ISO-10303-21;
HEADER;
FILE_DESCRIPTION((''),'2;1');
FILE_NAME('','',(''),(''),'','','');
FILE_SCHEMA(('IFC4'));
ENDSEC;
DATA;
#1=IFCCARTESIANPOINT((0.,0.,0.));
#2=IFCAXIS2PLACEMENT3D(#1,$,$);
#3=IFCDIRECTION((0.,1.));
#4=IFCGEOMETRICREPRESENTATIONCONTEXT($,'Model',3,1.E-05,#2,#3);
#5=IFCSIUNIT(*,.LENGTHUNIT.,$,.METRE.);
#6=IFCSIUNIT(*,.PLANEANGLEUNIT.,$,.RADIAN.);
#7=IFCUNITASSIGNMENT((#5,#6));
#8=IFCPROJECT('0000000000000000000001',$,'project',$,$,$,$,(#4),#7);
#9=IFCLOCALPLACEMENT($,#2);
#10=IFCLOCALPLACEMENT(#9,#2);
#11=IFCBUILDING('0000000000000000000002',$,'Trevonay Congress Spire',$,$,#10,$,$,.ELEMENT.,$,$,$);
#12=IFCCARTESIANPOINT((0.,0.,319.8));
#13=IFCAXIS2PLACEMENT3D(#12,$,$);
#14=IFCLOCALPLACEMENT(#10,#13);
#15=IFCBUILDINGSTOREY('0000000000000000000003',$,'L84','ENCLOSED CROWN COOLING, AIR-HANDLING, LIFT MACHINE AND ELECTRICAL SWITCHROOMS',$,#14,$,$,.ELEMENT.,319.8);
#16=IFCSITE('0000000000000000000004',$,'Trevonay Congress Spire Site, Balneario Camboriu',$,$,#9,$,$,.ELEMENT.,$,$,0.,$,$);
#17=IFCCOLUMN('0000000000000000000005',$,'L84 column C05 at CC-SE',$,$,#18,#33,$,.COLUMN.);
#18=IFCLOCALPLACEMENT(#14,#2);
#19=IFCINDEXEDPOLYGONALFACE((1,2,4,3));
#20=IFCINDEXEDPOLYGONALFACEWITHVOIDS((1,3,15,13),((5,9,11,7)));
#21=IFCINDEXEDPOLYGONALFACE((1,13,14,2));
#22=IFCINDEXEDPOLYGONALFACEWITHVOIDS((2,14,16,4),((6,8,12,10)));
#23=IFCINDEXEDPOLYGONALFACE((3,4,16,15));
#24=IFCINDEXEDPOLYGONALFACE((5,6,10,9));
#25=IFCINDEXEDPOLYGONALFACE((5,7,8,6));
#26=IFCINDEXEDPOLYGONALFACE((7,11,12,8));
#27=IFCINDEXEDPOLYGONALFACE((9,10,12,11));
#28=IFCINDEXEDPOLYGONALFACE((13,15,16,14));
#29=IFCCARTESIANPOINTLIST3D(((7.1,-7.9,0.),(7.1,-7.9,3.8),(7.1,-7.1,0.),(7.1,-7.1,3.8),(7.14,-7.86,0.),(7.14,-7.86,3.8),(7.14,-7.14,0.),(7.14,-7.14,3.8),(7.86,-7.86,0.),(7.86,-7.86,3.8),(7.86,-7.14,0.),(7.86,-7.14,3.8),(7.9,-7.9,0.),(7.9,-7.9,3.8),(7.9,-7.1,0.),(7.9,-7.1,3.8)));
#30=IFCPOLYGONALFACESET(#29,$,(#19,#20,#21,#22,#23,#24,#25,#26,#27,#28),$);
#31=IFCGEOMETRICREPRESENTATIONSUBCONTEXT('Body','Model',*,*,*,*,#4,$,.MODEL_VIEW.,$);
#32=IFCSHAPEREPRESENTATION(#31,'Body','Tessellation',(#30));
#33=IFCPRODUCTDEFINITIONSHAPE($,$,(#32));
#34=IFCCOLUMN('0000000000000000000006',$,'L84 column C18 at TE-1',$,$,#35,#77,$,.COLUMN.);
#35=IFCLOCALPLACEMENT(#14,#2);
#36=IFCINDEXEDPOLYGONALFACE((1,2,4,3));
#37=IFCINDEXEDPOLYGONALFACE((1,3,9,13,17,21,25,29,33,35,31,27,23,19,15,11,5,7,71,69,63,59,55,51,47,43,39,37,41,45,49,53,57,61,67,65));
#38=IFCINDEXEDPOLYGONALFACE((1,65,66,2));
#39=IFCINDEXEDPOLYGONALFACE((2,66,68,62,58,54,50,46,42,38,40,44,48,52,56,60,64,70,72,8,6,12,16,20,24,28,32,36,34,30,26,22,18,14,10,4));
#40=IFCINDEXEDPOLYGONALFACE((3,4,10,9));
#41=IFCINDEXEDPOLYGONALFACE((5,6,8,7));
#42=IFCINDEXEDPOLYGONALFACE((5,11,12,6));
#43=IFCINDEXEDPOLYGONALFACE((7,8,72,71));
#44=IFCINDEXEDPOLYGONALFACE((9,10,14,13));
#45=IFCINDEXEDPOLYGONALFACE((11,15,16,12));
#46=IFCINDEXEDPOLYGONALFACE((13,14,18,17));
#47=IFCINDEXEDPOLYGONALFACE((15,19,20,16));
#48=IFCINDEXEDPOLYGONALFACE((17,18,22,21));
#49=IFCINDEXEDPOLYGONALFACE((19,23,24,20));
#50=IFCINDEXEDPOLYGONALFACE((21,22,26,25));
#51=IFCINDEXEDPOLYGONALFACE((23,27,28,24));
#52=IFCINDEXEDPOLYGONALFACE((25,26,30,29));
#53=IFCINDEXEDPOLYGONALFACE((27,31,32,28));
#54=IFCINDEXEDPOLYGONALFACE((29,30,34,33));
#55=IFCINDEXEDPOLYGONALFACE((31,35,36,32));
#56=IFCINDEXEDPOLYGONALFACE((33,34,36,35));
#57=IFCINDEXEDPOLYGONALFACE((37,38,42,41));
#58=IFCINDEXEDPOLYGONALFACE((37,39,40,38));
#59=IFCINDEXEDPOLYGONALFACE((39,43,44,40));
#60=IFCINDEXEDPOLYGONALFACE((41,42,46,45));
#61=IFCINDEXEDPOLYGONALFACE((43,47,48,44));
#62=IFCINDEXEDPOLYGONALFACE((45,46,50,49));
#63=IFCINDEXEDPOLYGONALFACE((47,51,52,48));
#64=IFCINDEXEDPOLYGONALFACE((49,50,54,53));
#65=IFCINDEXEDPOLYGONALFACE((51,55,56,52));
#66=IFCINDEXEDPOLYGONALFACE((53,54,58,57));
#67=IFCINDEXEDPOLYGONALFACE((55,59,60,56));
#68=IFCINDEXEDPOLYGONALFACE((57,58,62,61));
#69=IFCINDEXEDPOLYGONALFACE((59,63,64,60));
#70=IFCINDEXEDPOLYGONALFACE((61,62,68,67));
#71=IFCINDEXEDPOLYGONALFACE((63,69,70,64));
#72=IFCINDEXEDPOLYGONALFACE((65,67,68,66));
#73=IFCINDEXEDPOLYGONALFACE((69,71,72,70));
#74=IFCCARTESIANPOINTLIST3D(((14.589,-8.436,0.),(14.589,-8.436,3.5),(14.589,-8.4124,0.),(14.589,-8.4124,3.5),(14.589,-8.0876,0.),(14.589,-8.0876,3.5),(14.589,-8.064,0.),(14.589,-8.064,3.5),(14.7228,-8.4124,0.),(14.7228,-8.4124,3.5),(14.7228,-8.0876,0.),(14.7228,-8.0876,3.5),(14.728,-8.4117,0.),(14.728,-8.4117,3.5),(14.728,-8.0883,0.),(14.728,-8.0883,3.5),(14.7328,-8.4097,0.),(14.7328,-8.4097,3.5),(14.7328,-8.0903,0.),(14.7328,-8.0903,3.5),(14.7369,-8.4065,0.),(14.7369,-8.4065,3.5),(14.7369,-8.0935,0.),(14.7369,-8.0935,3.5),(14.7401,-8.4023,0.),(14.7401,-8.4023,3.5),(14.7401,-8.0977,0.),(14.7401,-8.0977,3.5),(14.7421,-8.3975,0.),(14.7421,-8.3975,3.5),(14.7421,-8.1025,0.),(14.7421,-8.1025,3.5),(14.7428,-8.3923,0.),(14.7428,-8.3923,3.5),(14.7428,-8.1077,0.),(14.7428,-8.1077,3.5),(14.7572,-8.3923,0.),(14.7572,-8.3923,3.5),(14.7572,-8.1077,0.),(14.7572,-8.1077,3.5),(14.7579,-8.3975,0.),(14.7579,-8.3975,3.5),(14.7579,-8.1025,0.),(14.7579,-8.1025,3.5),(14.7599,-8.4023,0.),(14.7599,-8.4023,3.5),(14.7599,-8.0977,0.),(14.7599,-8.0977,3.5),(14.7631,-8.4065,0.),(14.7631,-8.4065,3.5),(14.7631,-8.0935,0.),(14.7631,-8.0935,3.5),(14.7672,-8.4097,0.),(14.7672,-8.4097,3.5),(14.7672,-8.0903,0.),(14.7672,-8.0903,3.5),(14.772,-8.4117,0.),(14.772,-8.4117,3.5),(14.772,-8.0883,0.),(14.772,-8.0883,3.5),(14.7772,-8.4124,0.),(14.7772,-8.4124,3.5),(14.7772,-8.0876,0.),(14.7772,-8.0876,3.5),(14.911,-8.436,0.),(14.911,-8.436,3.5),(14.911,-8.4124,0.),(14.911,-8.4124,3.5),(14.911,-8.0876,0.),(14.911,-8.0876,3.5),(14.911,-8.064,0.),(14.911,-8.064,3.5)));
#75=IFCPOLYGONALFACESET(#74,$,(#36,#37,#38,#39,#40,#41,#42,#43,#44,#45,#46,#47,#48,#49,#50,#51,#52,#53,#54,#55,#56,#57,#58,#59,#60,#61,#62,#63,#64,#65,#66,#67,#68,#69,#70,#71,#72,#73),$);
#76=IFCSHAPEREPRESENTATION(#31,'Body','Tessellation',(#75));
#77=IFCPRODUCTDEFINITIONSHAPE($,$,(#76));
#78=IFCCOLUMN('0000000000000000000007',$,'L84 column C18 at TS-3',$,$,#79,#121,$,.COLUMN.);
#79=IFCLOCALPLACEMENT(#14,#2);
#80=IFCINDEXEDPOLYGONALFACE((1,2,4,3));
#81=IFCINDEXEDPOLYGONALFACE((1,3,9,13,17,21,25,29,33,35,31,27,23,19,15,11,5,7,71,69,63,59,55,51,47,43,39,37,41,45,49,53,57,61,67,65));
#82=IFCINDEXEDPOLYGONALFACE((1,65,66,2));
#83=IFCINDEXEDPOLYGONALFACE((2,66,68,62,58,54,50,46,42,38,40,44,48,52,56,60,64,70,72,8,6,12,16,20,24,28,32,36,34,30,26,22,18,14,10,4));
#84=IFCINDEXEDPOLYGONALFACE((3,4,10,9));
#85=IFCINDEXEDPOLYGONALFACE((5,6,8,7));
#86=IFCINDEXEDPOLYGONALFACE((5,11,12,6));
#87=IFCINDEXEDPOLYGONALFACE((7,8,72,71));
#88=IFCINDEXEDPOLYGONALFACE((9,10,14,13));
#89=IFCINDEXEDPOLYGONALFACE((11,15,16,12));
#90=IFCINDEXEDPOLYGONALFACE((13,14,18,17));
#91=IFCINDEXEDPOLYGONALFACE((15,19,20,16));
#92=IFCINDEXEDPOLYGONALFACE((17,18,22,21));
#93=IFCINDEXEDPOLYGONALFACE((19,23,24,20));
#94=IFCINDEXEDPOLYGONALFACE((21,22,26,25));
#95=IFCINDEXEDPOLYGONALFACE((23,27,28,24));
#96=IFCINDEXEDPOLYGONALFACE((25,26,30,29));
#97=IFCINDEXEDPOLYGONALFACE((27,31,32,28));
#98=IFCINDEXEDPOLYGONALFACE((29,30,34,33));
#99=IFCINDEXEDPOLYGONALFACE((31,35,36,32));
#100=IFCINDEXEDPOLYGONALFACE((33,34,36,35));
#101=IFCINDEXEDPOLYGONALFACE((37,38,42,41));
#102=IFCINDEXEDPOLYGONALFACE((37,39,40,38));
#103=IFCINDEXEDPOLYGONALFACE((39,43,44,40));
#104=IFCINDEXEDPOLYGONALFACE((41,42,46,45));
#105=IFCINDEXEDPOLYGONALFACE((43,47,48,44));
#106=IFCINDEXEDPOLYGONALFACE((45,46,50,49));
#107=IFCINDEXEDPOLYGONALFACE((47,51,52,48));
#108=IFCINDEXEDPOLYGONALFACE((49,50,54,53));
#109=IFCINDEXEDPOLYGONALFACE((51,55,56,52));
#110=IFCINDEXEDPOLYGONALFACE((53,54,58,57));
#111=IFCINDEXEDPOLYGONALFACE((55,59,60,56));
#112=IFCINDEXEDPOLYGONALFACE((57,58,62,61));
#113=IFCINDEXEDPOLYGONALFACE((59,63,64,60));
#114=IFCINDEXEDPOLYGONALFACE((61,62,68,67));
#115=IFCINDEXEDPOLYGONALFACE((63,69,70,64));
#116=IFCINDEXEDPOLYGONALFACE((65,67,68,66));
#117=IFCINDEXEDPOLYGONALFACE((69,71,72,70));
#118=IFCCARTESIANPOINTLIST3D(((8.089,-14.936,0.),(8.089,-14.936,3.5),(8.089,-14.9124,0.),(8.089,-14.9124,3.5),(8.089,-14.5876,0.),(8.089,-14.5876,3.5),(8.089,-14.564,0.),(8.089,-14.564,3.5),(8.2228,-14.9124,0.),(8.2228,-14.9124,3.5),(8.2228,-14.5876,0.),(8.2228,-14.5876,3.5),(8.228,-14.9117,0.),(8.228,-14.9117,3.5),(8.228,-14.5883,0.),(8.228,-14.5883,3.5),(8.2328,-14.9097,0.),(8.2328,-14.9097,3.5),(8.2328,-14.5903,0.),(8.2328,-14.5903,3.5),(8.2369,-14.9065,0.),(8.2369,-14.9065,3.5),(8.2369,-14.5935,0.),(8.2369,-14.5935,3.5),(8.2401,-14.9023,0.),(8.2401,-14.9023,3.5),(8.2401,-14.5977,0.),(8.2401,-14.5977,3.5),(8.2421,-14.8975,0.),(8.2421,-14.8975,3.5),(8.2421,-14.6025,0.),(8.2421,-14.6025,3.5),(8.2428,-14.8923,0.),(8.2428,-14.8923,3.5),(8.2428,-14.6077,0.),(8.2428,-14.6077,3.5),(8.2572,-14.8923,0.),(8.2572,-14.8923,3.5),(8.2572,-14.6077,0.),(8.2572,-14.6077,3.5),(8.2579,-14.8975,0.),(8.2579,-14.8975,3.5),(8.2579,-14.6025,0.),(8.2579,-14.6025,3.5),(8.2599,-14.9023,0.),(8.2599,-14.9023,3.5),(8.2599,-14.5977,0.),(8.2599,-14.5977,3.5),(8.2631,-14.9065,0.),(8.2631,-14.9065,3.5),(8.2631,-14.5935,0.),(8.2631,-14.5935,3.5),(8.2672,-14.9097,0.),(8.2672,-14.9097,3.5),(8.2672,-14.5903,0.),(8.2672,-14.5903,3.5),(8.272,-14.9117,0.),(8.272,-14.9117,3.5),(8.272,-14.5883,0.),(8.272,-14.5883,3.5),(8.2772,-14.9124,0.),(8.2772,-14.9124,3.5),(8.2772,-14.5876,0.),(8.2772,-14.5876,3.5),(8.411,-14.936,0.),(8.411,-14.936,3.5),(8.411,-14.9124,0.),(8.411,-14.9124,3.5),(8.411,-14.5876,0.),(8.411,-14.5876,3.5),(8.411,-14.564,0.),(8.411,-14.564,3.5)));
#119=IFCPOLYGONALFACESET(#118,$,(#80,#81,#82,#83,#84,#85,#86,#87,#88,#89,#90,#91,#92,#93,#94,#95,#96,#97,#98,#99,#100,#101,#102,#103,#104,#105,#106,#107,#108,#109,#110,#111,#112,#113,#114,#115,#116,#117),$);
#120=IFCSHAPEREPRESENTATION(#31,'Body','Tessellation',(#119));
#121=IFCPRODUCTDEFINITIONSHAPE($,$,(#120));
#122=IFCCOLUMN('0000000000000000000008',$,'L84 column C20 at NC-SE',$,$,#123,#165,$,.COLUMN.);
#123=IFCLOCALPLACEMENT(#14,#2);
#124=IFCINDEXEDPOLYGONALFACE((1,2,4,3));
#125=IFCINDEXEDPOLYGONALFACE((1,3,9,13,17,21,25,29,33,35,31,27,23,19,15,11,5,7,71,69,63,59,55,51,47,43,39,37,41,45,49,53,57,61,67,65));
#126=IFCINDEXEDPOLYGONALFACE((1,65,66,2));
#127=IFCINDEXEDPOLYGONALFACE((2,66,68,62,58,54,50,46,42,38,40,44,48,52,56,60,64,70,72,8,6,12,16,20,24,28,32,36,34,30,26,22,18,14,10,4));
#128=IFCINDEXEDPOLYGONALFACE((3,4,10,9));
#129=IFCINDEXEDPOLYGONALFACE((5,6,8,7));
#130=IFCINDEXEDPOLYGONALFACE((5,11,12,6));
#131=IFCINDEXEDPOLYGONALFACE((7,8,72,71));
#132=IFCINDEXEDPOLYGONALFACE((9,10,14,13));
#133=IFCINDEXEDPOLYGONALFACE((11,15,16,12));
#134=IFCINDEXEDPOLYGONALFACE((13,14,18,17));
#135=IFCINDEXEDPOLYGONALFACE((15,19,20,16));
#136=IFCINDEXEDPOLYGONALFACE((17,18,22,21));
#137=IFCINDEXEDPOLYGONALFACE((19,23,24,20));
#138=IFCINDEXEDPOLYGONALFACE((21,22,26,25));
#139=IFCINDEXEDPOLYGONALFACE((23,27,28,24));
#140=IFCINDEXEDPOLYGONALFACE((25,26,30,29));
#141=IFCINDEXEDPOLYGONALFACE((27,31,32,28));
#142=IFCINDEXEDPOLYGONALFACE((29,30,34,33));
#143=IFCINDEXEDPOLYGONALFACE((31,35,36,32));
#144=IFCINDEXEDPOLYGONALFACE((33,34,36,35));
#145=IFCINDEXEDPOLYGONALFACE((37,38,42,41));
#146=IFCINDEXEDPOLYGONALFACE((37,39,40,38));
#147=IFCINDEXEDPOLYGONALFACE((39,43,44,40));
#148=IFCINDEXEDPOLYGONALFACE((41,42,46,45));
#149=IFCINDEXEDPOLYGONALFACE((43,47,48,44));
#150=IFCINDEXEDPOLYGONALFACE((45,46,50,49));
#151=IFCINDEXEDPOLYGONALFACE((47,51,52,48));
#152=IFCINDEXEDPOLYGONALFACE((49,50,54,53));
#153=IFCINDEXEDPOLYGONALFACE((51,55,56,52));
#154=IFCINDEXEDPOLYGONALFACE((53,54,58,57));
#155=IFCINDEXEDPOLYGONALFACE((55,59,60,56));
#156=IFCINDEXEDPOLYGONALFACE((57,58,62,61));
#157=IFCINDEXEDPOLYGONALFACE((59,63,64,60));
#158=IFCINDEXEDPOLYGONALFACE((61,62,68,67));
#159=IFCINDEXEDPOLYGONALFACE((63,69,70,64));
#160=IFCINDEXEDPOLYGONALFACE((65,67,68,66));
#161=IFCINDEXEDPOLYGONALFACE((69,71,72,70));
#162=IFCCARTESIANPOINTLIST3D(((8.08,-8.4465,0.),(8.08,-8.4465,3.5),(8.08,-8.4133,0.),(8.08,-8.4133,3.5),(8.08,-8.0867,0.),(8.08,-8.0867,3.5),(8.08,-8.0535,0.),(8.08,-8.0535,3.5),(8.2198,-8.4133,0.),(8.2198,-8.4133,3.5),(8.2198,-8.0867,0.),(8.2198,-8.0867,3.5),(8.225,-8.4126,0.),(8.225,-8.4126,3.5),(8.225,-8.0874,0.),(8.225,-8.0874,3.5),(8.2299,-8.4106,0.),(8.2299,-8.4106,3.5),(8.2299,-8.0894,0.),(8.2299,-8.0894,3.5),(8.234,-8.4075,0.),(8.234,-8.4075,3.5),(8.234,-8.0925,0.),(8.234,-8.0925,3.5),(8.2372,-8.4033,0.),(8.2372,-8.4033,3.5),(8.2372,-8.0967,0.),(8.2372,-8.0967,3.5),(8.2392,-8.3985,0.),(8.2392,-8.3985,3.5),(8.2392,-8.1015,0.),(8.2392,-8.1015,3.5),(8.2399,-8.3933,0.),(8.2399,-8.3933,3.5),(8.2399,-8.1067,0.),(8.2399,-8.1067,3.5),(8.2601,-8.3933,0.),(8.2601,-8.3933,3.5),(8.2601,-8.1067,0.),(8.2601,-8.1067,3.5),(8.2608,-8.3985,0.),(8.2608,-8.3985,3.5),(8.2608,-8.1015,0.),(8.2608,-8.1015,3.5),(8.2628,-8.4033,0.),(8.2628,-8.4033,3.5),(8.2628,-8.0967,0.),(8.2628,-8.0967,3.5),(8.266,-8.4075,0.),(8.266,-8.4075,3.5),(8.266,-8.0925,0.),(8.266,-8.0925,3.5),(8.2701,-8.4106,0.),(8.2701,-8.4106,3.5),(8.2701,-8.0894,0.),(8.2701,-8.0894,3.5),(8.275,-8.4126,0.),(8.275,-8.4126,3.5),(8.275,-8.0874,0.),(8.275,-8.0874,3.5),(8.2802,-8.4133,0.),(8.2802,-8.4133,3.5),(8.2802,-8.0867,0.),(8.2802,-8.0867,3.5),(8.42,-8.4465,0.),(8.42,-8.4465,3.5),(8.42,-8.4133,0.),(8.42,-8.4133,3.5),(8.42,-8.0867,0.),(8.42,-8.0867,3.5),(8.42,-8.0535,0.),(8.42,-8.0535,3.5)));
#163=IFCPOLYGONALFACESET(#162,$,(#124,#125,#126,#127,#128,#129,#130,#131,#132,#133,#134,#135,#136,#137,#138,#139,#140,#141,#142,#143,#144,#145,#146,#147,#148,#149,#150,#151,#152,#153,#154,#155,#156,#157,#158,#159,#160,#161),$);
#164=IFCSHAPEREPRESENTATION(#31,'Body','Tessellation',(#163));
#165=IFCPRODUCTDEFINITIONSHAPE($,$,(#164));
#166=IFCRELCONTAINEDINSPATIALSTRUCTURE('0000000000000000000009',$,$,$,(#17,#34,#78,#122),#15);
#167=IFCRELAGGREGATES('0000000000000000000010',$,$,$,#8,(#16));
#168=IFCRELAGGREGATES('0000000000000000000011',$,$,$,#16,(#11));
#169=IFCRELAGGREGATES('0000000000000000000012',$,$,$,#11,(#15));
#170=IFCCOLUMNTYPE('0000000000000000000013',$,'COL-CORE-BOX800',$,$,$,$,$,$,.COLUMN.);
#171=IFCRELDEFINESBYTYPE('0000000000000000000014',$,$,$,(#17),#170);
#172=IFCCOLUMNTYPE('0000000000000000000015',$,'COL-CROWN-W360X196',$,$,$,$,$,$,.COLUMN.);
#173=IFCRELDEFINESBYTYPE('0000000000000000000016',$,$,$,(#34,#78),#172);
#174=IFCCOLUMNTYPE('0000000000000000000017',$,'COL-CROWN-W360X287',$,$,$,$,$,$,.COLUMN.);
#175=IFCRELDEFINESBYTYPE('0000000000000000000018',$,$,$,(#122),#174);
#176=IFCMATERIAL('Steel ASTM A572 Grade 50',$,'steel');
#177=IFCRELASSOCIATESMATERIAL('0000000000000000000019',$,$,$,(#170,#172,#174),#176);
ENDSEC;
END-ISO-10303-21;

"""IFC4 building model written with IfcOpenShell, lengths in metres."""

from ifc_helpers import new_model, si_unit, direction, frame, origin, origin_2d, place, context, subcontext, project, spatial, hollow_rectangle, i_section, extrude, material, material_profile, profile_set, type_object, element, save


model = new_model("IFC4")

# Units and contexts
model_context = context("Model", 3, precision=1e-05, world=origin(), true_north=direction((0.0, 1.0)))
body_context = subcontext(model_context, "Body", "Model", "MODEL_VIEW")
ifc_project = project(units=[si_unit("LENGTHUNIT", "METRE"), si_unit("PLANEANGLEUNIT", "RADIAN")], contexts=[model_context])

# Site, building, storey
site_placement = place(None, origin())
site = spatial("IfcSite", under=ifc_project, at=site_placement, Name="Trevonay Congress Spire Site, Balneario Camboriu", CompositionType="ELEMENT", RefElevation=0.0)
building_placement = place(site_placement, origin())
building = spatial("IfcBuilding", under=site, at=building_placement, Name="Trevonay Congress Spire", CompositionType="ELEMENT")
storey_placement = place(building_placement, frame((0.0, 0.0, 319.8)))
storey = spatial("IfcBuildingStorey", under=building, at=storey_placement, Name="L84", Description="ENCLOSED CROWN COOLING, AIR-HANDLING, LIFT MACHINE AND ELECTRICAL SWITCHROOMS", CompositionType="ELEMENT", Elevation=319.8)

# Columns
ifc_material_1 = material(Name="Steel ASTM A572 Grade 50", Category="steel")
ifc_material_profile_1 = material_profile(ifc_material_1, hollow_rectangle(XDim=0.8, YDim=0.8, WallThickness=0.04, at=origin_2d()), Name="BOX 800x800x40")
ifc_profile_set_1 = profile_set([ifc_material_profile_1], Name="Steel ASTM A572 Grade 50")
column_type_1 = type_object("IfcColumnType", Name="COL-CORE-BOX800", PredefinedType="COLUMN", material=ifc_profile_set_1)
column_1_placement = place(storey_placement, frame((7.5, -7.5, 0.0), z_axis=(0.0, 0.0, 1.0), x_axis=(1.0, 0.0, 0.0)))
element("IfcColumn", 1, at=column_1_placement, inside=storey, type_object=column_type_1, Name="L84 column C05 at CC-SE", PredefinedType="COLUMN", context=body_context, shape_type="SweptSolid", body=[
    extrude(hollow_rectangle(XDim=0.8, YDim=0.8, WallThickness=0.04, at=origin_2d()), origin(), (0.0, 0.0, 1.0), 3.8),
])
ifc_material_profile_2 = material_profile(ifc_material_1, i_section(OverallWidth=0.322, OverallDepth=0.3721, WebThickness=0.0144, FlangeThickness=0.0237, FilletRadius=0.02, at=origin_2d()), Name="W360x196")
ifc_profile_set_2 = profile_set([ifc_material_profile_2], Name="Steel ASTM A572 Grade 50")
column_type_2 = type_object("IfcColumnType", Name="COL-CROWN-W360X196", PredefinedType="COLUMN", material=ifc_profile_set_2)
for number, where, z_axis, x_axis, name in (
    (2, (14.75, -8.25, 0.0), (0.0, 0.0, 1.0), (1.0, 0.0, 0.0), "L84 column C18 at TE-1"),
    (3, (8.25, -14.75, 0.0), (0.0, 0.0, 1.0), (1.0, 0.0, 0.0), "L84 column C18 at TS-3"),
):
    element("IfcColumn", number, at=place(storey_placement, frame(where, z_axis=z_axis, x_axis=x_axis)), inside=storey, type_object=column_type_2, Name=name, PredefinedType="COLUMN", context=body_context, shape_type="SweptSolid", body=[
        extrude(i_section(OverallWidth=0.322, OverallDepth=0.3721, WebThickness=0.0144, FlangeThickness=0.0237, FilletRadius=0.02, at=origin_2d()), origin(), (0.0, 0.0, 1.0), 3.5),
    ])
ifc_material_profile_3 = material_profile(ifc_material_1, i_section(OverallWidth=0.3401, OverallDepth=0.3931, WebThickness=0.0203, FlangeThickness=0.0332, FilletRadius=0.02, at=origin_2d()), Name="W360x287")
ifc_profile_set_3 = profile_set([ifc_material_profile_3], Name="Steel ASTM A572 Grade 50")
column_type_3 = type_object("IfcColumnType", Name="COL-CROWN-W360X287", PredefinedType="COLUMN", material=ifc_profile_set_3)
column_2_placement = place(storey_placement, frame((8.25, -8.25, 0.0), z_axis=(0.0, 0.0, 1.0), x_axis=(1.0, 0.0, 0.0)))
element("IfcColumn", 4, at=column_2_placement, inside=storey, type_object=column_type_3, Name="L84 column C20 at NC-SE", PredefinedType="COLUMN", context=body_context, shape_type="SweptSolid", body=[
    extrude(i_section(OverallWidth=0.3401, OverallDepth=0.3931, WebThickness=0.0203, FlangeThickness=0.0332, FilletRadius=0.02, at=origin_2d()), origin(), (0.0, 0.0, 1.0), 3.5),
])

save(model, "model.ifc")
